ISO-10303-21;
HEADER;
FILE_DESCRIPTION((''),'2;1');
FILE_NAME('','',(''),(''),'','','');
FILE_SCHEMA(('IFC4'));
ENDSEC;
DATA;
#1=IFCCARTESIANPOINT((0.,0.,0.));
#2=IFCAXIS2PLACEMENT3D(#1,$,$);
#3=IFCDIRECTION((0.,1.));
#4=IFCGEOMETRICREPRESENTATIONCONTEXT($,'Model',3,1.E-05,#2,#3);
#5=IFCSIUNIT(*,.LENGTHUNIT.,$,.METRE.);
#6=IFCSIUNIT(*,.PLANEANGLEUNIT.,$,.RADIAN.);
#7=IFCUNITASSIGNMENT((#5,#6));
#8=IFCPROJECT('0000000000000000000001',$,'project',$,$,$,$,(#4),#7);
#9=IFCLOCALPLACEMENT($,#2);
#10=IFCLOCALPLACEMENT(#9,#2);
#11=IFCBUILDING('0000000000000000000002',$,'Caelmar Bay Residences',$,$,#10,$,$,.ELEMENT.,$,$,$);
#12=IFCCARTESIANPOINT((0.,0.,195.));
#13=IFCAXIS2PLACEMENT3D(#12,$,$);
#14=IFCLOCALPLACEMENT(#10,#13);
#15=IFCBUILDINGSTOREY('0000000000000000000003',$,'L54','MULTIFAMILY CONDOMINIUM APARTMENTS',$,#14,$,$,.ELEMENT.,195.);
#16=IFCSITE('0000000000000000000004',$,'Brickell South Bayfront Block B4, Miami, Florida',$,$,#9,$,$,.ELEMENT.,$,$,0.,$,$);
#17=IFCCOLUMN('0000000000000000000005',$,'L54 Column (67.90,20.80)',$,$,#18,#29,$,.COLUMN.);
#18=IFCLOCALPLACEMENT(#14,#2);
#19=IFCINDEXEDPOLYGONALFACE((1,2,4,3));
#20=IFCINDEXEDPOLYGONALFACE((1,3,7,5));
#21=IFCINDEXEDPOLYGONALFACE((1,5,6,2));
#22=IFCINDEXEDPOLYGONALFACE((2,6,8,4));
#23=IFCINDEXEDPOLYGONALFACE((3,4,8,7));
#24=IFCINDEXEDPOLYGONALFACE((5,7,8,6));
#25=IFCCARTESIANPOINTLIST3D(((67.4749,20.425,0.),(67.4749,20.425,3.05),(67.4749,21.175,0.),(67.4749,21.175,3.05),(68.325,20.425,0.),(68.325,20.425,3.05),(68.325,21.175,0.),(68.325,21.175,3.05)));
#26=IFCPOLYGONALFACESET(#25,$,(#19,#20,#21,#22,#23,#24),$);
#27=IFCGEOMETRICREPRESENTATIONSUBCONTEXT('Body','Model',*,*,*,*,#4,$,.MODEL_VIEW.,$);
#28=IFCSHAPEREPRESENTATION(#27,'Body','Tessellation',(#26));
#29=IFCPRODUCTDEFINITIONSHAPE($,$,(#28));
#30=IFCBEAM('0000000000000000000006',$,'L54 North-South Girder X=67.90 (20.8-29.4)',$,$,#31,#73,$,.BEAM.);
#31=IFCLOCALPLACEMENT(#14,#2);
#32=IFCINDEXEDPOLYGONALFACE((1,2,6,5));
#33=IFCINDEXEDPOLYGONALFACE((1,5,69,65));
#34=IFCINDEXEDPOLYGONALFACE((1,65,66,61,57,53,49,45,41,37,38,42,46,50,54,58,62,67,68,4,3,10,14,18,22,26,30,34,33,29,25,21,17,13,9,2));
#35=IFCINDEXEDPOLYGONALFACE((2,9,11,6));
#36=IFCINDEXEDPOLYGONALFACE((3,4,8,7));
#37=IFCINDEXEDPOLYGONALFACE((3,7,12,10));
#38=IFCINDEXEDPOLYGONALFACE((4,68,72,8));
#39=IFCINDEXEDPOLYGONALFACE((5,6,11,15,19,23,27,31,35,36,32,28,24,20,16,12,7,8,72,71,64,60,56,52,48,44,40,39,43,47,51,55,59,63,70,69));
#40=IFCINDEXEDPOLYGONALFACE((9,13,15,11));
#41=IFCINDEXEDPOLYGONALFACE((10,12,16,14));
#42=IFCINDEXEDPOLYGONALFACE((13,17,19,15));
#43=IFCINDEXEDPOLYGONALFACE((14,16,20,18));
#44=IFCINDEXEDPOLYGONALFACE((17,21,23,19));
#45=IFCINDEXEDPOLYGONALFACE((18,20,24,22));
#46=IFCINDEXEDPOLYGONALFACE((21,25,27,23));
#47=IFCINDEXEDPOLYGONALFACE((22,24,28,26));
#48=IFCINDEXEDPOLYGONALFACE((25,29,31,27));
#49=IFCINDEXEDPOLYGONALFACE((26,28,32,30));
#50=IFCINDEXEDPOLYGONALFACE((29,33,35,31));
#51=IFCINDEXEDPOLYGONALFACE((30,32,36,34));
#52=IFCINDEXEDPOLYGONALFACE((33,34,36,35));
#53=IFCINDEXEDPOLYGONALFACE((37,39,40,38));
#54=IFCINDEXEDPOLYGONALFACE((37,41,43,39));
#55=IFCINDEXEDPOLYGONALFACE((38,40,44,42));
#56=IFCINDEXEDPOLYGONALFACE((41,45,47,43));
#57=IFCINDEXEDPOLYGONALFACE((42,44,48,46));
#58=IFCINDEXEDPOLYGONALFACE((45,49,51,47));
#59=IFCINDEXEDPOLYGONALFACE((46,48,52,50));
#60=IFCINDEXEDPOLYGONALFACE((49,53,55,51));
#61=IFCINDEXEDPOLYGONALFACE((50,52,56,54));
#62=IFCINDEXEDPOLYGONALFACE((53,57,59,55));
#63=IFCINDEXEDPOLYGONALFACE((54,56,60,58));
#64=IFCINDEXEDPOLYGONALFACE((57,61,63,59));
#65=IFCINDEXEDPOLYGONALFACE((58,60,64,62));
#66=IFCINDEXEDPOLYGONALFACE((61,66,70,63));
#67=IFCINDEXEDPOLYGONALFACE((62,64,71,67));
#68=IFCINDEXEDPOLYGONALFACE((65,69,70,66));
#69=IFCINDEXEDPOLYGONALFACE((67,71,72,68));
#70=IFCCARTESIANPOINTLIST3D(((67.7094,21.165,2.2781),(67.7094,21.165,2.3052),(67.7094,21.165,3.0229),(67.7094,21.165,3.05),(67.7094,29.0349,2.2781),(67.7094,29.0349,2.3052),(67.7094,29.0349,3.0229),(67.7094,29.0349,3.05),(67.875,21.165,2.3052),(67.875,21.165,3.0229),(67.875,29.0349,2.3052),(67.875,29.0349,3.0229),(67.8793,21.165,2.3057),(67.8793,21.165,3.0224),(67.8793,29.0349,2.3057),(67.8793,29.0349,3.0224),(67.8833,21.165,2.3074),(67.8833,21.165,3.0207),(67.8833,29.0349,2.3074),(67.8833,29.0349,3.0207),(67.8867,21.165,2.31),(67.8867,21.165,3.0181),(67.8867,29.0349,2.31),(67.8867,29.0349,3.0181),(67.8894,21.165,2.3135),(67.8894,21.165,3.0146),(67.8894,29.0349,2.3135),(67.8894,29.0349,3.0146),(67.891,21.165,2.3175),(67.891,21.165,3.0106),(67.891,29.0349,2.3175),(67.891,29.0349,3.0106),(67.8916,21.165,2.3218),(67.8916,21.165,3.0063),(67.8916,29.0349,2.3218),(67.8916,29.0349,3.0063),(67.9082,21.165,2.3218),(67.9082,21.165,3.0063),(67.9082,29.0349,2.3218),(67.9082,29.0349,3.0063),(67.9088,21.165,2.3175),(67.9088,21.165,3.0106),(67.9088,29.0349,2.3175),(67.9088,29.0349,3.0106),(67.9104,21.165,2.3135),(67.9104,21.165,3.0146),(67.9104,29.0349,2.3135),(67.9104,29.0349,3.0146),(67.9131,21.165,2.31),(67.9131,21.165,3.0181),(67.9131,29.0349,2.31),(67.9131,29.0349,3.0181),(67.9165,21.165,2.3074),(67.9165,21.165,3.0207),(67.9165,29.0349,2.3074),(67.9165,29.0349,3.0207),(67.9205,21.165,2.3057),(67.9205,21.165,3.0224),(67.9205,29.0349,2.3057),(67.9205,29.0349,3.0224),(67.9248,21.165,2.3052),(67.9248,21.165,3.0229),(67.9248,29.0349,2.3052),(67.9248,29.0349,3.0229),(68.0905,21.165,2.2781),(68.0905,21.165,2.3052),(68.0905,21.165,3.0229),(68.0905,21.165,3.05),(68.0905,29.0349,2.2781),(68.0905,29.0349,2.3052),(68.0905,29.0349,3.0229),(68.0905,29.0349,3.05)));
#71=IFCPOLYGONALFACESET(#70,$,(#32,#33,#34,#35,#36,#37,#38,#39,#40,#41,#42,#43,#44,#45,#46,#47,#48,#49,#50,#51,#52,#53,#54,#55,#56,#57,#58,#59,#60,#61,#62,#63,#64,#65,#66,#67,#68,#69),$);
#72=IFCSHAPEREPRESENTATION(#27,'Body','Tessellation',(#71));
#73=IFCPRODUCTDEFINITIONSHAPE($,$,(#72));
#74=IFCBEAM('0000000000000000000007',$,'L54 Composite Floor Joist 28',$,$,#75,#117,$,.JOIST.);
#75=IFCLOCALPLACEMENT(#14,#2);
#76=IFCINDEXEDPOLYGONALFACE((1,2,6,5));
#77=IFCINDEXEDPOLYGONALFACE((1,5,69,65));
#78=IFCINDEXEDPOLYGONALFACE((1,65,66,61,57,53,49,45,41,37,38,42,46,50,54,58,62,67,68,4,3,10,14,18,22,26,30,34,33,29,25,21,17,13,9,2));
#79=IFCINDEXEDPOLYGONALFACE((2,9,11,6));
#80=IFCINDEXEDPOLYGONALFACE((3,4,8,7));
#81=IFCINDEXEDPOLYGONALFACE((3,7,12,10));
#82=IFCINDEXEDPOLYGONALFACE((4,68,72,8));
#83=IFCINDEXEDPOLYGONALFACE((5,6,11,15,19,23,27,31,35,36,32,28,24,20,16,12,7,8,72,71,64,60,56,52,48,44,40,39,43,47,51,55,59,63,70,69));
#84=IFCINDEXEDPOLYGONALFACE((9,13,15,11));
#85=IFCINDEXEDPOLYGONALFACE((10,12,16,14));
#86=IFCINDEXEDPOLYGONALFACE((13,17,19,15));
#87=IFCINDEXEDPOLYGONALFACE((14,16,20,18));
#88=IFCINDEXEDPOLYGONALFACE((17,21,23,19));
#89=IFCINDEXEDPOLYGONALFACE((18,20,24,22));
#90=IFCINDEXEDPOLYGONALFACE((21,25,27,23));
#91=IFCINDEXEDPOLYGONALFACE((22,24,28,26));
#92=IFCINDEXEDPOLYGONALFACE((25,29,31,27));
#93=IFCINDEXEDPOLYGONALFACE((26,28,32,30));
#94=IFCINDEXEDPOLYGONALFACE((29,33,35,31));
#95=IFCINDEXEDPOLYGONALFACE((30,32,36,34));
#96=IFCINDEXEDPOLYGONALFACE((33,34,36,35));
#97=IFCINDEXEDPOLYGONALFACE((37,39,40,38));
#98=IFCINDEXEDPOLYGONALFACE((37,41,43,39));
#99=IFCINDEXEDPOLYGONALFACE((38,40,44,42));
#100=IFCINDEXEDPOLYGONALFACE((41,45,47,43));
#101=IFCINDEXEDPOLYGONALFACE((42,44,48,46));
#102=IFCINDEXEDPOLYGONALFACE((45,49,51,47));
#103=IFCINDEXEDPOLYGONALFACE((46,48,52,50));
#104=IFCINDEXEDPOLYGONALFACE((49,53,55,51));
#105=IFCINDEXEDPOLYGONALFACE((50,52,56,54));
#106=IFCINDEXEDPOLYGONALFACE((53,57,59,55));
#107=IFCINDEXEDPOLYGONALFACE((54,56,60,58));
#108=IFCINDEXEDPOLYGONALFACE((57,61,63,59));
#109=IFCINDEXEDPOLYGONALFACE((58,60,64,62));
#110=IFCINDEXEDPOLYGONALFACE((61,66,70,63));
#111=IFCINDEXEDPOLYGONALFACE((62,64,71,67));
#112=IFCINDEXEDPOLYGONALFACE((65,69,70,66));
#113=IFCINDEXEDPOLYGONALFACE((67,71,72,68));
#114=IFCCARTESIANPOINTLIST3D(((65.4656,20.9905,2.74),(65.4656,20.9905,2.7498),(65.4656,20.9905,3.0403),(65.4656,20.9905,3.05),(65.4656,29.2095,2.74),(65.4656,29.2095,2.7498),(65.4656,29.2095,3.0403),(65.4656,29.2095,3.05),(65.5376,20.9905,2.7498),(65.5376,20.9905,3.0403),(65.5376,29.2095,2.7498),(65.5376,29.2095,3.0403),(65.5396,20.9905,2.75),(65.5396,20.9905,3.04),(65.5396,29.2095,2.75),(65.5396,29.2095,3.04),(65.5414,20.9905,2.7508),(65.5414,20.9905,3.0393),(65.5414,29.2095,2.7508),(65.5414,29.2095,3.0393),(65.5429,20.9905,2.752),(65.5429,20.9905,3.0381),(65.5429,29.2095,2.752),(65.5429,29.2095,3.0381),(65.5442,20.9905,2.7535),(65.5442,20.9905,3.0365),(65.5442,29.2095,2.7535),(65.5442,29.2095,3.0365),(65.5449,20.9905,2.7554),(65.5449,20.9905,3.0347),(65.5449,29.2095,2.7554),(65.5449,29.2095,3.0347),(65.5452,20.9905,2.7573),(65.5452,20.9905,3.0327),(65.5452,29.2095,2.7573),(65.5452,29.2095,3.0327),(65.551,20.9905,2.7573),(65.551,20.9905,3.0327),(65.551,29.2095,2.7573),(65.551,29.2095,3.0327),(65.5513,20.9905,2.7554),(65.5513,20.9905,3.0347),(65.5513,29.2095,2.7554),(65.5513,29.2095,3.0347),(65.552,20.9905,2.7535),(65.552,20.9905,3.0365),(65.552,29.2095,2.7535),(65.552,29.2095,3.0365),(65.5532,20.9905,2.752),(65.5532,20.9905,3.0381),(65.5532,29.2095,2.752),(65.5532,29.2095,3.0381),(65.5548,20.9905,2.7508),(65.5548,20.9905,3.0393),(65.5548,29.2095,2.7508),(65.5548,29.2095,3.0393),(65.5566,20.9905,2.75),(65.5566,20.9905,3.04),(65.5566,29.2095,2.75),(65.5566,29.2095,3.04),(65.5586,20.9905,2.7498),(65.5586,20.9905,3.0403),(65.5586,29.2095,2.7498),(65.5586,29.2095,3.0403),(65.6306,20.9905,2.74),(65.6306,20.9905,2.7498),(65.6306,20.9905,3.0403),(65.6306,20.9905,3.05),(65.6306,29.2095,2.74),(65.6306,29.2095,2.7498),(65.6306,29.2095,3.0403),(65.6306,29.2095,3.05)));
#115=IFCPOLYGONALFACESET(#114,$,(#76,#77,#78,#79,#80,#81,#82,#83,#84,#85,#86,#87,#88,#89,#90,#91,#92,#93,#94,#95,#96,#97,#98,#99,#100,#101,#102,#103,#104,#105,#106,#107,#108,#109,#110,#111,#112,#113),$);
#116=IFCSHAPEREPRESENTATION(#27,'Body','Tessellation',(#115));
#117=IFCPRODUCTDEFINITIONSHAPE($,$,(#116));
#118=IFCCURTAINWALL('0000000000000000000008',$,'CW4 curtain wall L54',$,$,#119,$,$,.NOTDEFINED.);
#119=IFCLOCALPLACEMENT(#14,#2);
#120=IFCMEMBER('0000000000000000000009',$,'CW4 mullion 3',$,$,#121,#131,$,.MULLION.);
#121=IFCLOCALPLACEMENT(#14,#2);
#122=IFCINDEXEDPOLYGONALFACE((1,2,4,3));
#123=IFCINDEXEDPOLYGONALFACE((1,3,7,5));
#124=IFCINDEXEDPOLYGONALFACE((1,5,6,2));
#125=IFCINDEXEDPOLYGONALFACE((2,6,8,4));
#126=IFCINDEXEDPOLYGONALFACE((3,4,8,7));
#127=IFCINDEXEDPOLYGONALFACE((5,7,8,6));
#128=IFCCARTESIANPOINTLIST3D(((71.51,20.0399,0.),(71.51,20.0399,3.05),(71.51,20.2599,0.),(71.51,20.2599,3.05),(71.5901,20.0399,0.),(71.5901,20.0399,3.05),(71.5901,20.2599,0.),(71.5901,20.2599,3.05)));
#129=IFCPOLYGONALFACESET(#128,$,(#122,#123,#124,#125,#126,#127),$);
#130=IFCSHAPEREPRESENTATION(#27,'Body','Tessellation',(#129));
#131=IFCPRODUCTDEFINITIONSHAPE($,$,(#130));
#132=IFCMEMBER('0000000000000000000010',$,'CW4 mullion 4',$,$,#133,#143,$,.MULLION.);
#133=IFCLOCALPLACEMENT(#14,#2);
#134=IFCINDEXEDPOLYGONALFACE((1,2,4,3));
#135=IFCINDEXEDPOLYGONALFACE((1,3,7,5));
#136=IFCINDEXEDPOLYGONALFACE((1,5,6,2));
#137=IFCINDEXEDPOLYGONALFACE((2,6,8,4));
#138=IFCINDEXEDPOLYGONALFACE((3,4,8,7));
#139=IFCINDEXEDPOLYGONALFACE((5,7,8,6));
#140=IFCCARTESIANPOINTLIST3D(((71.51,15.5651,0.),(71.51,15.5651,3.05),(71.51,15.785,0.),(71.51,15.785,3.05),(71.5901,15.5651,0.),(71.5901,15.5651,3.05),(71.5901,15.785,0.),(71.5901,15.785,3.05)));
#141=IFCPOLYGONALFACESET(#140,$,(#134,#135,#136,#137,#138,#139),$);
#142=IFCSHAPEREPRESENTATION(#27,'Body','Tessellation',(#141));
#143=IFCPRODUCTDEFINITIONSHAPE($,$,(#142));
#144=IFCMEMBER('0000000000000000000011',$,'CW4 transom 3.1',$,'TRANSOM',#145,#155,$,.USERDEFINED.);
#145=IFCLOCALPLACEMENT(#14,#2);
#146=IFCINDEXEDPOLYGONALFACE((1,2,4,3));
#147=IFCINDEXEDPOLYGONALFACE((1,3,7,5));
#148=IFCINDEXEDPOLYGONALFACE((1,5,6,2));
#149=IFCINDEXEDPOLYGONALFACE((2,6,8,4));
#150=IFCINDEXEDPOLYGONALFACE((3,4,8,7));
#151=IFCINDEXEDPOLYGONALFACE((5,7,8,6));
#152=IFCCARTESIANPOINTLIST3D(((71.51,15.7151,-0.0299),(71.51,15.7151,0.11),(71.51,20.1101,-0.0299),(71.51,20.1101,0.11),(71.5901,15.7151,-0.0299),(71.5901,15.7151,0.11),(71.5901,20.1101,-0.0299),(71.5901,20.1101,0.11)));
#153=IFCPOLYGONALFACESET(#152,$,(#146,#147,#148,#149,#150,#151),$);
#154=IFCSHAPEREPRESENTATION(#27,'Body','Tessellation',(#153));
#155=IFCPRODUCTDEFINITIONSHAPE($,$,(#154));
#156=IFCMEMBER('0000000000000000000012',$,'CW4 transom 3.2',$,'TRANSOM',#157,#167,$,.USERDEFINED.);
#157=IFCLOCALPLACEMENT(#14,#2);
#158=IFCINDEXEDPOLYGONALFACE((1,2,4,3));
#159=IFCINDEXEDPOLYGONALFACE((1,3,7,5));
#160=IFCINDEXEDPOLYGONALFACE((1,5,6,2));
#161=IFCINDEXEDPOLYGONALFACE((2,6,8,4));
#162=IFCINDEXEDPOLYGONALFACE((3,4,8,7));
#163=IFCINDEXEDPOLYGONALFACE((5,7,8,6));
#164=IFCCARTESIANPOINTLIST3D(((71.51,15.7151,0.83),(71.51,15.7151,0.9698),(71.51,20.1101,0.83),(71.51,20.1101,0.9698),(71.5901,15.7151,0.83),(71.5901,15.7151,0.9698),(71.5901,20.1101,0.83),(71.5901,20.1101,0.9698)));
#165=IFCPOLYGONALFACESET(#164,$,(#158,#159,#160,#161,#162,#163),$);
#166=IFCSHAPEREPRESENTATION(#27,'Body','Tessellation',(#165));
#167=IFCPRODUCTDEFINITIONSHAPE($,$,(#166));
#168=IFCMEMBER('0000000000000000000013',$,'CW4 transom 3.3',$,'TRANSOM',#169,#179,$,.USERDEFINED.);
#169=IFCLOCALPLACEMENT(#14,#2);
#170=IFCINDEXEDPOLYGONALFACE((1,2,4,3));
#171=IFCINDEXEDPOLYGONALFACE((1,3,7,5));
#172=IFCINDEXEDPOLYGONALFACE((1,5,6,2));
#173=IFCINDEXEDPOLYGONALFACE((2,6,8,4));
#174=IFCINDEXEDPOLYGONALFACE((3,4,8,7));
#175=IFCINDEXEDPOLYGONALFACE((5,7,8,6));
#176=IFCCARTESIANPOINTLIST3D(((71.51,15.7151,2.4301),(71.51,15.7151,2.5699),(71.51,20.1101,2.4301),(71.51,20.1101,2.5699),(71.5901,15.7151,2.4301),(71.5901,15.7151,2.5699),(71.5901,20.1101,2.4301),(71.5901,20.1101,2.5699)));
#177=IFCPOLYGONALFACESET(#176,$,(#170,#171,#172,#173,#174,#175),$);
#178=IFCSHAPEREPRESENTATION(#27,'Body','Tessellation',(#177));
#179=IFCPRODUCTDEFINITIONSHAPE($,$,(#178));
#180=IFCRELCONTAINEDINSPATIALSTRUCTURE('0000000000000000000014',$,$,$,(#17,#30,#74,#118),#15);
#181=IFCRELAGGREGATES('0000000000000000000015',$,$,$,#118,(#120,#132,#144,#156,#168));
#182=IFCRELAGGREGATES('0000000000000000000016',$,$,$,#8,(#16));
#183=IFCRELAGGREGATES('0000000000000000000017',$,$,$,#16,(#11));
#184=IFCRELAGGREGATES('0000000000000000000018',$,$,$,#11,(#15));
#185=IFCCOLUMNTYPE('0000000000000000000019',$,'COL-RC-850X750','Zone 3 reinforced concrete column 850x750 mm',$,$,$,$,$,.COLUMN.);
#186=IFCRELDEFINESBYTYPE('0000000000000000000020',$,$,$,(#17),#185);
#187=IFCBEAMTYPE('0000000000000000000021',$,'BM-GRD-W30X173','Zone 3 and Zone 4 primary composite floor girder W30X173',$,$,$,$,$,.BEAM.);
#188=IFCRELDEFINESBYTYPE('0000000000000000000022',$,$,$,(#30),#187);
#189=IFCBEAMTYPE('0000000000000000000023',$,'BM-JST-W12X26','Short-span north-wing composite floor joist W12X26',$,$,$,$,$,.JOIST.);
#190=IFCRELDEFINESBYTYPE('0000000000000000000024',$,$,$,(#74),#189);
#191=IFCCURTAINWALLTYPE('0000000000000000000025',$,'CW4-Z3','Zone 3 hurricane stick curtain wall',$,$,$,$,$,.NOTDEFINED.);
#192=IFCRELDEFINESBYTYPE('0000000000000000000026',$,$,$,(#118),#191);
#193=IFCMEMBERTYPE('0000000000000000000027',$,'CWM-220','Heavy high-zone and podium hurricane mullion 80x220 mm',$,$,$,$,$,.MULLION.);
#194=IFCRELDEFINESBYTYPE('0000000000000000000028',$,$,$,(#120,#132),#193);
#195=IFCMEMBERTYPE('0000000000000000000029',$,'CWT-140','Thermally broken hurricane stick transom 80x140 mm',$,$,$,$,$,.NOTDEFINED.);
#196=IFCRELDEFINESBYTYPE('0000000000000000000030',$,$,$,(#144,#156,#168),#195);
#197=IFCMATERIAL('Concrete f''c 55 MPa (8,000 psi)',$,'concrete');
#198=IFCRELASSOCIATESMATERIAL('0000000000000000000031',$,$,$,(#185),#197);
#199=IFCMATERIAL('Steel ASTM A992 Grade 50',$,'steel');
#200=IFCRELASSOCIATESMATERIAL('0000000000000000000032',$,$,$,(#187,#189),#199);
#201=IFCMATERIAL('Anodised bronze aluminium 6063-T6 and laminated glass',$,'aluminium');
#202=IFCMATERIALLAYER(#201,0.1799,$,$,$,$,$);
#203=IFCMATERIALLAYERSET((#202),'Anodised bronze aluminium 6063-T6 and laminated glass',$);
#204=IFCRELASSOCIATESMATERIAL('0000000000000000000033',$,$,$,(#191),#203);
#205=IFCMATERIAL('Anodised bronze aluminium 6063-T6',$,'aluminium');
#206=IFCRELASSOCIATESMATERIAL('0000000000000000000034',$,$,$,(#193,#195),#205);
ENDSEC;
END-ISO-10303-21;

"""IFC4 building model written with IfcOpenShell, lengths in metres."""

from ifc_helpers import new_model, si_unit, direction, frame, origin, origin_2d, place, context, subcontext, project, spatial, rectangle, i_section, extrude, material, layer, layer_set, material_profile, profile_set, type_object, element, aggregate, save


model = new_model("IFC4")

# Units and contexts
model_context = context("Model", 3, precision=1e-05, world=origin(), true_north=direction((0.0, 1.0)))
body_context = subcontext(model_context, "Body", "Model", "MODEL_VIEW")
ifc_project = project(units=[si_unit("LENGTHUNIT", "METRE"), si_unit("PLANEANGLEUNIT", "RADIAN")], contexts=[model_context])

# Site, building, storey
site_placement = place(None, origin())
site = spatial("IfcSite", under=ifc_project, at=site_placement, Name="Brickell South Bayfront Block B4, Miami, Florida", CompositionType="ELEMENT", RefElevation=0.0)
building_placement = place(site_placement, origin())
building = spatial("IfcBuilding", under=site, at=building_placement, Name="Caelmar Bay Residences", CompositionType="ELEMENT")
storey_placement = place(building_placement, frame((0.0, 0.0, 195.0)))
storey = spatial("IfcBuildingStorey", under=building, at=storey_placement, Name="L54", Description="MULTIFAMILY CONDOMINIUM APARTMENTS", CompositionType="ELEMENT", Elevation=195.0)

# Column
ifc_material_1 = material(Name="Concrete f'c 55 MPa (8,000 psi)", Category="concrete")
ifc_material_profile_1 = material_profile(ifc_material_1, rectangle(XDim=0.8501, YDim=0.75, at=origin_2d()), Name="RC-COL-850X750")
ifc_profile_set_1 = profile_set([ifc_material_profile_1], Name="Concrete f'c 55 MPa (8,000 psi)")
column_type = type_object("IfcColumnType", Name="COL-RC-850X750", Description="Zone 3 reinforced concrete column 850x750 mm", PredefinedType="COLUMN", material=ifc_profile_set_1)
column_placement = place(storey_placement, frame((67.8999, 20.8, 0.0), z_axis=(0.0, 0.0, 1.0), x_axis=(1.0, 0.0, 0.0)))
element("IfcColumn", 1, at=column_placement, inside=storey, type_object=column_type, Name="L54 Column (67.90,20.80)", PredefinedType="COLUMN", context=body_context, shape_type="SweptSolid", body=[
    extrude(rectangle(XDim=0.8501, YDim=0.75, at=origin_2d()), origin(), (0.0, 0.0, 1.0), 3.05),
])

# Beams
ifc_material_2 = material(Name="Steel ASTM A992 Grade 50", Category="steel")
ifc_material_profile_2 = material_profile(ifc_material_2, i_section(OverallWidth=0.3811, OverallDepth=0.772, WebThickness=0.0166, FlangeThickness=0.0271, FilletRadius=0.0166, at=origin_2d()), Name="W30X173")
ifc_profile_set_2 = profile_set([ifc_material_profile_2], Name="Steel ASTM A992 Grade 50")
beam_type_1 = type_object("IfcBeamType", Name="BM-GRD-W30X173", Description="Zone 3 and Zone 4 primary composite floor girder W30X173", PredefinedType="BEAM", material=ifc_profile_set_2)
beam_1_placement = place(storey_placement, frame((67.8999, 21.165, 2.6641), z_axis=(0.0, 1.0, 0.0), x_axis=(-1.0, 0.0, 0.0)))
element("IfcBeam", 2, at=beam_1_placement, inside=storey, type_object=beam_type_1, Name="L54 North-South Girder X=67.90 (20.8-29.4)", PredefinedType="BEAM", context=body_context, shape_type="SweptSolid", body=[
    extrude(i_section(OverallWidth=0.3811, OverallDepth=0.772, WebThickness=0.0166, FlangeThickness=0.0271, FilletRadius=0.0166, at=origin_2d()), origin(), (0.0, 0.0, 1.0), 7.8699),
])
ifc_material_profile_3 = material_profile(ifc_material_2, i_section(OverallWidth=0.165, OverallDepth=0.3101, WebThickness=0.0059, FlangeThickness=0.0098, FilletRadius=0.0076, at=origin_2d()), Name="W12X26")
ifc_profile_set_3 = profile_set([ifc_material_profile_3], Name="Steel ASTM A992 Grade 50")
beam_type_2 = type_object("IfcBeamType", Name="BM-JST-W12X26", Description="Short-span north-wing composite floor joist W12X26", PredefinedType="JOIST", material=ifc_profile_set_3)
beam_2_placement = place(storey_placement, frame((65.5481, 20.9905, 2.895), z_axis=(0.0, 1.0, 0.0), x_axis=(-1.0, 0.0, 0.0)))
element("IfcBeam", 3, at=beam_2_placement, inside=storey, type_object=beam_type_2, Name="L54 Composite Floor Joist 28", PredefinedType="JOIST", context=body_context, shape_type="SweptSolid", body=[
    extrude(i_section(OverallWidth=0.165, OverallDepth=0.3101, WebThickness=0.0059, FlangeThickness=0.0098, FilletRadius=0.0076, at=origin_2d()), origin(), (0.0, 0.0, 1.0), 8.219),
])

# Curtain wall, members
ifc_material_3 = material(Name="Anodised bronze aluminium 6063-T6 and laminated glass", Category="aluminium")
ifc_layer_1 = layer(ifc_material_3, 0.1799)
ifc_layer_set_1 = layer_set([ifc_layer_1], Name="Anodised bronze aluminium 6063-T6 and laminated glass")
curtain_wall_type = type_object("IfcCurtainWallType", Name="CW4-Z3", Description="Zone 3 hurricane stick curtain wall", PredefinedType="NOTDEFINED", material=ifc_layer_set_1)
curtain_wall_placement = place(storey_placement, origin())
curtain_wall = element("IfcCurtainWall", 4, at=curtain_wall_placement, inside=storey, type_object=curtain_wall_type, Name="CW4 curtain wall L54", PredefinedType="NOTDEFINED")
ifc_material_4 = material(Name="Anodised bronze aluminium 6063-T6", Category="aluminium")
ifc_material_profile_4 = material_profile(ifc_material_4, rectangle(XDim=0.0801, YDim=0.22, at=origin_2d()), Name="CWM-80X220")
ifc_profile_set_4 = profile_set([ifc_material_profile_4], Name="Anodised bronze aluminium 6063-T6")
member_type_1 = type_object("IfcMemberType", Name="CWM-220", Description="Heavy high-zone and podium hurricane mullion 80x220 mm", PredefinedType="MULLION", material=ifc_profile_set_4)
member_1_placement = place(storey_placement, frame((71.55, 20.1499, 0.0), z_axis=(0.0, 0.0, 1.0), x_axis=(1.0, 0.0, 0.0)))
member_1 = element("IfcMember", 5, at=member_1_placement, type_object=member_type_1, Name="CW4 mullion 3", PredefinedType="MULLION", context=body_context, shape_type="SweptSolid", body=[
    extrude(rectangle(XDim=0.0801, YDim=0.22, at=origin_2d()), origin(), (0.0, 0.0, 1.0), 3.05),
])
member_2_placement = place(storey_placement, frame((71.55, 15.675, 0.0), z_axis=(0.0, 0.0, 1.0), x_axis=(1.0, 0.0, 0.0)))
member_2 = element("IfcMember", 6, at=member_2_placement, type_object=member_type_1, Name="CW4 mullion 4", PredefinedType="MULLION", context=body_context, shape_type="SweptSolid", body=[
    extrude(rectangle(XDim=0.0801, YDim=0.22, at=origin_2d()), origin(), (0.0, 0.0, 1.0), 3.05),
])
ifc_material_profile_5 = material_profile(ifc_material_4, rectangle(XDim=0.0801, YDim=0.1399, at=origin_2d()), Name="CWT-80X140")
ifc_profile_set_5 = profile_set([ifc_material_profile_5], Name="Anodised bronze aluminium 6063-T6")
member_type_2 = type_object("IfcMemberType", Name="CWT-140", Description="Thermally broken hurricane stick transom 80x140 mm", PredefinedType="NOTDEFINED", material=ifc_profile_set_5)
member_3_placement = place(storey_placement, frame((71.55, 20.1101, 0.04), z_axis=(0.0, -1.0, 0.0), x_axis=(1.0, 0.0, 0.0)))
member_3 = element("IfcMember", 7, at=member_3_placement, type_object=member_type_2, Name="CW4 transom 3.1", ObjectType="TRANSOM", PredefinedType="USERDEFINED", context=body_context, shape_type="SweptSolid", body=[
    extrude(rectangle(XDim=0.0801, YDim=0.1399, at=origin_2d()), origin(), (0.0, 0.0, 1.0), 4.395),
])
member_4_placement = place(storey_placement, frame((71.55, 20.1101, 0.8999), z_axis=(0.0, -1.0, 0.0), x_axis=(1.0, 0.0, 0.0)))
member_4 = element("IfcMember", 8, at=member_4_placement, type_object=member_type_2, Name="CW4 transom 3.2", ObjectType="TRANSOM", PredefinedType="USERDEFINED", context=body_context, shape_type="SweptSolid", body=[
    extrude(rectangle(XDim=0.0801, YDim=0.1399, at=origin_2d()), origin(), (0.0, 0.0, 1.0), 4.395),
])
member_5_placement = place(storey_placement, frame((71.55, 20.1101, 2.5), z_axis=(0.0, -1.0, 0.0), x_axis=(1.0, 0.0, 0.0)))
member_5 = element("IfcMember", 9, at=member_5_placement, type_object=member_type_2, Name="CW4 transom 3.3", ObjectType="TRANSOM", PredefinedType="USERDEFINED", context=body_context, shape_type="SweptSolid", body=[
    extrude(rectangle(XDim=0.0801, YDim=0.1399, at=origin_2d()), origin(), (0.0, 0.0, 1.0), 4.395),
])
aggregate(curtain_wall, [member_1, member_2, member_3, member_4, member_5])

save(model, "model.ifc")
